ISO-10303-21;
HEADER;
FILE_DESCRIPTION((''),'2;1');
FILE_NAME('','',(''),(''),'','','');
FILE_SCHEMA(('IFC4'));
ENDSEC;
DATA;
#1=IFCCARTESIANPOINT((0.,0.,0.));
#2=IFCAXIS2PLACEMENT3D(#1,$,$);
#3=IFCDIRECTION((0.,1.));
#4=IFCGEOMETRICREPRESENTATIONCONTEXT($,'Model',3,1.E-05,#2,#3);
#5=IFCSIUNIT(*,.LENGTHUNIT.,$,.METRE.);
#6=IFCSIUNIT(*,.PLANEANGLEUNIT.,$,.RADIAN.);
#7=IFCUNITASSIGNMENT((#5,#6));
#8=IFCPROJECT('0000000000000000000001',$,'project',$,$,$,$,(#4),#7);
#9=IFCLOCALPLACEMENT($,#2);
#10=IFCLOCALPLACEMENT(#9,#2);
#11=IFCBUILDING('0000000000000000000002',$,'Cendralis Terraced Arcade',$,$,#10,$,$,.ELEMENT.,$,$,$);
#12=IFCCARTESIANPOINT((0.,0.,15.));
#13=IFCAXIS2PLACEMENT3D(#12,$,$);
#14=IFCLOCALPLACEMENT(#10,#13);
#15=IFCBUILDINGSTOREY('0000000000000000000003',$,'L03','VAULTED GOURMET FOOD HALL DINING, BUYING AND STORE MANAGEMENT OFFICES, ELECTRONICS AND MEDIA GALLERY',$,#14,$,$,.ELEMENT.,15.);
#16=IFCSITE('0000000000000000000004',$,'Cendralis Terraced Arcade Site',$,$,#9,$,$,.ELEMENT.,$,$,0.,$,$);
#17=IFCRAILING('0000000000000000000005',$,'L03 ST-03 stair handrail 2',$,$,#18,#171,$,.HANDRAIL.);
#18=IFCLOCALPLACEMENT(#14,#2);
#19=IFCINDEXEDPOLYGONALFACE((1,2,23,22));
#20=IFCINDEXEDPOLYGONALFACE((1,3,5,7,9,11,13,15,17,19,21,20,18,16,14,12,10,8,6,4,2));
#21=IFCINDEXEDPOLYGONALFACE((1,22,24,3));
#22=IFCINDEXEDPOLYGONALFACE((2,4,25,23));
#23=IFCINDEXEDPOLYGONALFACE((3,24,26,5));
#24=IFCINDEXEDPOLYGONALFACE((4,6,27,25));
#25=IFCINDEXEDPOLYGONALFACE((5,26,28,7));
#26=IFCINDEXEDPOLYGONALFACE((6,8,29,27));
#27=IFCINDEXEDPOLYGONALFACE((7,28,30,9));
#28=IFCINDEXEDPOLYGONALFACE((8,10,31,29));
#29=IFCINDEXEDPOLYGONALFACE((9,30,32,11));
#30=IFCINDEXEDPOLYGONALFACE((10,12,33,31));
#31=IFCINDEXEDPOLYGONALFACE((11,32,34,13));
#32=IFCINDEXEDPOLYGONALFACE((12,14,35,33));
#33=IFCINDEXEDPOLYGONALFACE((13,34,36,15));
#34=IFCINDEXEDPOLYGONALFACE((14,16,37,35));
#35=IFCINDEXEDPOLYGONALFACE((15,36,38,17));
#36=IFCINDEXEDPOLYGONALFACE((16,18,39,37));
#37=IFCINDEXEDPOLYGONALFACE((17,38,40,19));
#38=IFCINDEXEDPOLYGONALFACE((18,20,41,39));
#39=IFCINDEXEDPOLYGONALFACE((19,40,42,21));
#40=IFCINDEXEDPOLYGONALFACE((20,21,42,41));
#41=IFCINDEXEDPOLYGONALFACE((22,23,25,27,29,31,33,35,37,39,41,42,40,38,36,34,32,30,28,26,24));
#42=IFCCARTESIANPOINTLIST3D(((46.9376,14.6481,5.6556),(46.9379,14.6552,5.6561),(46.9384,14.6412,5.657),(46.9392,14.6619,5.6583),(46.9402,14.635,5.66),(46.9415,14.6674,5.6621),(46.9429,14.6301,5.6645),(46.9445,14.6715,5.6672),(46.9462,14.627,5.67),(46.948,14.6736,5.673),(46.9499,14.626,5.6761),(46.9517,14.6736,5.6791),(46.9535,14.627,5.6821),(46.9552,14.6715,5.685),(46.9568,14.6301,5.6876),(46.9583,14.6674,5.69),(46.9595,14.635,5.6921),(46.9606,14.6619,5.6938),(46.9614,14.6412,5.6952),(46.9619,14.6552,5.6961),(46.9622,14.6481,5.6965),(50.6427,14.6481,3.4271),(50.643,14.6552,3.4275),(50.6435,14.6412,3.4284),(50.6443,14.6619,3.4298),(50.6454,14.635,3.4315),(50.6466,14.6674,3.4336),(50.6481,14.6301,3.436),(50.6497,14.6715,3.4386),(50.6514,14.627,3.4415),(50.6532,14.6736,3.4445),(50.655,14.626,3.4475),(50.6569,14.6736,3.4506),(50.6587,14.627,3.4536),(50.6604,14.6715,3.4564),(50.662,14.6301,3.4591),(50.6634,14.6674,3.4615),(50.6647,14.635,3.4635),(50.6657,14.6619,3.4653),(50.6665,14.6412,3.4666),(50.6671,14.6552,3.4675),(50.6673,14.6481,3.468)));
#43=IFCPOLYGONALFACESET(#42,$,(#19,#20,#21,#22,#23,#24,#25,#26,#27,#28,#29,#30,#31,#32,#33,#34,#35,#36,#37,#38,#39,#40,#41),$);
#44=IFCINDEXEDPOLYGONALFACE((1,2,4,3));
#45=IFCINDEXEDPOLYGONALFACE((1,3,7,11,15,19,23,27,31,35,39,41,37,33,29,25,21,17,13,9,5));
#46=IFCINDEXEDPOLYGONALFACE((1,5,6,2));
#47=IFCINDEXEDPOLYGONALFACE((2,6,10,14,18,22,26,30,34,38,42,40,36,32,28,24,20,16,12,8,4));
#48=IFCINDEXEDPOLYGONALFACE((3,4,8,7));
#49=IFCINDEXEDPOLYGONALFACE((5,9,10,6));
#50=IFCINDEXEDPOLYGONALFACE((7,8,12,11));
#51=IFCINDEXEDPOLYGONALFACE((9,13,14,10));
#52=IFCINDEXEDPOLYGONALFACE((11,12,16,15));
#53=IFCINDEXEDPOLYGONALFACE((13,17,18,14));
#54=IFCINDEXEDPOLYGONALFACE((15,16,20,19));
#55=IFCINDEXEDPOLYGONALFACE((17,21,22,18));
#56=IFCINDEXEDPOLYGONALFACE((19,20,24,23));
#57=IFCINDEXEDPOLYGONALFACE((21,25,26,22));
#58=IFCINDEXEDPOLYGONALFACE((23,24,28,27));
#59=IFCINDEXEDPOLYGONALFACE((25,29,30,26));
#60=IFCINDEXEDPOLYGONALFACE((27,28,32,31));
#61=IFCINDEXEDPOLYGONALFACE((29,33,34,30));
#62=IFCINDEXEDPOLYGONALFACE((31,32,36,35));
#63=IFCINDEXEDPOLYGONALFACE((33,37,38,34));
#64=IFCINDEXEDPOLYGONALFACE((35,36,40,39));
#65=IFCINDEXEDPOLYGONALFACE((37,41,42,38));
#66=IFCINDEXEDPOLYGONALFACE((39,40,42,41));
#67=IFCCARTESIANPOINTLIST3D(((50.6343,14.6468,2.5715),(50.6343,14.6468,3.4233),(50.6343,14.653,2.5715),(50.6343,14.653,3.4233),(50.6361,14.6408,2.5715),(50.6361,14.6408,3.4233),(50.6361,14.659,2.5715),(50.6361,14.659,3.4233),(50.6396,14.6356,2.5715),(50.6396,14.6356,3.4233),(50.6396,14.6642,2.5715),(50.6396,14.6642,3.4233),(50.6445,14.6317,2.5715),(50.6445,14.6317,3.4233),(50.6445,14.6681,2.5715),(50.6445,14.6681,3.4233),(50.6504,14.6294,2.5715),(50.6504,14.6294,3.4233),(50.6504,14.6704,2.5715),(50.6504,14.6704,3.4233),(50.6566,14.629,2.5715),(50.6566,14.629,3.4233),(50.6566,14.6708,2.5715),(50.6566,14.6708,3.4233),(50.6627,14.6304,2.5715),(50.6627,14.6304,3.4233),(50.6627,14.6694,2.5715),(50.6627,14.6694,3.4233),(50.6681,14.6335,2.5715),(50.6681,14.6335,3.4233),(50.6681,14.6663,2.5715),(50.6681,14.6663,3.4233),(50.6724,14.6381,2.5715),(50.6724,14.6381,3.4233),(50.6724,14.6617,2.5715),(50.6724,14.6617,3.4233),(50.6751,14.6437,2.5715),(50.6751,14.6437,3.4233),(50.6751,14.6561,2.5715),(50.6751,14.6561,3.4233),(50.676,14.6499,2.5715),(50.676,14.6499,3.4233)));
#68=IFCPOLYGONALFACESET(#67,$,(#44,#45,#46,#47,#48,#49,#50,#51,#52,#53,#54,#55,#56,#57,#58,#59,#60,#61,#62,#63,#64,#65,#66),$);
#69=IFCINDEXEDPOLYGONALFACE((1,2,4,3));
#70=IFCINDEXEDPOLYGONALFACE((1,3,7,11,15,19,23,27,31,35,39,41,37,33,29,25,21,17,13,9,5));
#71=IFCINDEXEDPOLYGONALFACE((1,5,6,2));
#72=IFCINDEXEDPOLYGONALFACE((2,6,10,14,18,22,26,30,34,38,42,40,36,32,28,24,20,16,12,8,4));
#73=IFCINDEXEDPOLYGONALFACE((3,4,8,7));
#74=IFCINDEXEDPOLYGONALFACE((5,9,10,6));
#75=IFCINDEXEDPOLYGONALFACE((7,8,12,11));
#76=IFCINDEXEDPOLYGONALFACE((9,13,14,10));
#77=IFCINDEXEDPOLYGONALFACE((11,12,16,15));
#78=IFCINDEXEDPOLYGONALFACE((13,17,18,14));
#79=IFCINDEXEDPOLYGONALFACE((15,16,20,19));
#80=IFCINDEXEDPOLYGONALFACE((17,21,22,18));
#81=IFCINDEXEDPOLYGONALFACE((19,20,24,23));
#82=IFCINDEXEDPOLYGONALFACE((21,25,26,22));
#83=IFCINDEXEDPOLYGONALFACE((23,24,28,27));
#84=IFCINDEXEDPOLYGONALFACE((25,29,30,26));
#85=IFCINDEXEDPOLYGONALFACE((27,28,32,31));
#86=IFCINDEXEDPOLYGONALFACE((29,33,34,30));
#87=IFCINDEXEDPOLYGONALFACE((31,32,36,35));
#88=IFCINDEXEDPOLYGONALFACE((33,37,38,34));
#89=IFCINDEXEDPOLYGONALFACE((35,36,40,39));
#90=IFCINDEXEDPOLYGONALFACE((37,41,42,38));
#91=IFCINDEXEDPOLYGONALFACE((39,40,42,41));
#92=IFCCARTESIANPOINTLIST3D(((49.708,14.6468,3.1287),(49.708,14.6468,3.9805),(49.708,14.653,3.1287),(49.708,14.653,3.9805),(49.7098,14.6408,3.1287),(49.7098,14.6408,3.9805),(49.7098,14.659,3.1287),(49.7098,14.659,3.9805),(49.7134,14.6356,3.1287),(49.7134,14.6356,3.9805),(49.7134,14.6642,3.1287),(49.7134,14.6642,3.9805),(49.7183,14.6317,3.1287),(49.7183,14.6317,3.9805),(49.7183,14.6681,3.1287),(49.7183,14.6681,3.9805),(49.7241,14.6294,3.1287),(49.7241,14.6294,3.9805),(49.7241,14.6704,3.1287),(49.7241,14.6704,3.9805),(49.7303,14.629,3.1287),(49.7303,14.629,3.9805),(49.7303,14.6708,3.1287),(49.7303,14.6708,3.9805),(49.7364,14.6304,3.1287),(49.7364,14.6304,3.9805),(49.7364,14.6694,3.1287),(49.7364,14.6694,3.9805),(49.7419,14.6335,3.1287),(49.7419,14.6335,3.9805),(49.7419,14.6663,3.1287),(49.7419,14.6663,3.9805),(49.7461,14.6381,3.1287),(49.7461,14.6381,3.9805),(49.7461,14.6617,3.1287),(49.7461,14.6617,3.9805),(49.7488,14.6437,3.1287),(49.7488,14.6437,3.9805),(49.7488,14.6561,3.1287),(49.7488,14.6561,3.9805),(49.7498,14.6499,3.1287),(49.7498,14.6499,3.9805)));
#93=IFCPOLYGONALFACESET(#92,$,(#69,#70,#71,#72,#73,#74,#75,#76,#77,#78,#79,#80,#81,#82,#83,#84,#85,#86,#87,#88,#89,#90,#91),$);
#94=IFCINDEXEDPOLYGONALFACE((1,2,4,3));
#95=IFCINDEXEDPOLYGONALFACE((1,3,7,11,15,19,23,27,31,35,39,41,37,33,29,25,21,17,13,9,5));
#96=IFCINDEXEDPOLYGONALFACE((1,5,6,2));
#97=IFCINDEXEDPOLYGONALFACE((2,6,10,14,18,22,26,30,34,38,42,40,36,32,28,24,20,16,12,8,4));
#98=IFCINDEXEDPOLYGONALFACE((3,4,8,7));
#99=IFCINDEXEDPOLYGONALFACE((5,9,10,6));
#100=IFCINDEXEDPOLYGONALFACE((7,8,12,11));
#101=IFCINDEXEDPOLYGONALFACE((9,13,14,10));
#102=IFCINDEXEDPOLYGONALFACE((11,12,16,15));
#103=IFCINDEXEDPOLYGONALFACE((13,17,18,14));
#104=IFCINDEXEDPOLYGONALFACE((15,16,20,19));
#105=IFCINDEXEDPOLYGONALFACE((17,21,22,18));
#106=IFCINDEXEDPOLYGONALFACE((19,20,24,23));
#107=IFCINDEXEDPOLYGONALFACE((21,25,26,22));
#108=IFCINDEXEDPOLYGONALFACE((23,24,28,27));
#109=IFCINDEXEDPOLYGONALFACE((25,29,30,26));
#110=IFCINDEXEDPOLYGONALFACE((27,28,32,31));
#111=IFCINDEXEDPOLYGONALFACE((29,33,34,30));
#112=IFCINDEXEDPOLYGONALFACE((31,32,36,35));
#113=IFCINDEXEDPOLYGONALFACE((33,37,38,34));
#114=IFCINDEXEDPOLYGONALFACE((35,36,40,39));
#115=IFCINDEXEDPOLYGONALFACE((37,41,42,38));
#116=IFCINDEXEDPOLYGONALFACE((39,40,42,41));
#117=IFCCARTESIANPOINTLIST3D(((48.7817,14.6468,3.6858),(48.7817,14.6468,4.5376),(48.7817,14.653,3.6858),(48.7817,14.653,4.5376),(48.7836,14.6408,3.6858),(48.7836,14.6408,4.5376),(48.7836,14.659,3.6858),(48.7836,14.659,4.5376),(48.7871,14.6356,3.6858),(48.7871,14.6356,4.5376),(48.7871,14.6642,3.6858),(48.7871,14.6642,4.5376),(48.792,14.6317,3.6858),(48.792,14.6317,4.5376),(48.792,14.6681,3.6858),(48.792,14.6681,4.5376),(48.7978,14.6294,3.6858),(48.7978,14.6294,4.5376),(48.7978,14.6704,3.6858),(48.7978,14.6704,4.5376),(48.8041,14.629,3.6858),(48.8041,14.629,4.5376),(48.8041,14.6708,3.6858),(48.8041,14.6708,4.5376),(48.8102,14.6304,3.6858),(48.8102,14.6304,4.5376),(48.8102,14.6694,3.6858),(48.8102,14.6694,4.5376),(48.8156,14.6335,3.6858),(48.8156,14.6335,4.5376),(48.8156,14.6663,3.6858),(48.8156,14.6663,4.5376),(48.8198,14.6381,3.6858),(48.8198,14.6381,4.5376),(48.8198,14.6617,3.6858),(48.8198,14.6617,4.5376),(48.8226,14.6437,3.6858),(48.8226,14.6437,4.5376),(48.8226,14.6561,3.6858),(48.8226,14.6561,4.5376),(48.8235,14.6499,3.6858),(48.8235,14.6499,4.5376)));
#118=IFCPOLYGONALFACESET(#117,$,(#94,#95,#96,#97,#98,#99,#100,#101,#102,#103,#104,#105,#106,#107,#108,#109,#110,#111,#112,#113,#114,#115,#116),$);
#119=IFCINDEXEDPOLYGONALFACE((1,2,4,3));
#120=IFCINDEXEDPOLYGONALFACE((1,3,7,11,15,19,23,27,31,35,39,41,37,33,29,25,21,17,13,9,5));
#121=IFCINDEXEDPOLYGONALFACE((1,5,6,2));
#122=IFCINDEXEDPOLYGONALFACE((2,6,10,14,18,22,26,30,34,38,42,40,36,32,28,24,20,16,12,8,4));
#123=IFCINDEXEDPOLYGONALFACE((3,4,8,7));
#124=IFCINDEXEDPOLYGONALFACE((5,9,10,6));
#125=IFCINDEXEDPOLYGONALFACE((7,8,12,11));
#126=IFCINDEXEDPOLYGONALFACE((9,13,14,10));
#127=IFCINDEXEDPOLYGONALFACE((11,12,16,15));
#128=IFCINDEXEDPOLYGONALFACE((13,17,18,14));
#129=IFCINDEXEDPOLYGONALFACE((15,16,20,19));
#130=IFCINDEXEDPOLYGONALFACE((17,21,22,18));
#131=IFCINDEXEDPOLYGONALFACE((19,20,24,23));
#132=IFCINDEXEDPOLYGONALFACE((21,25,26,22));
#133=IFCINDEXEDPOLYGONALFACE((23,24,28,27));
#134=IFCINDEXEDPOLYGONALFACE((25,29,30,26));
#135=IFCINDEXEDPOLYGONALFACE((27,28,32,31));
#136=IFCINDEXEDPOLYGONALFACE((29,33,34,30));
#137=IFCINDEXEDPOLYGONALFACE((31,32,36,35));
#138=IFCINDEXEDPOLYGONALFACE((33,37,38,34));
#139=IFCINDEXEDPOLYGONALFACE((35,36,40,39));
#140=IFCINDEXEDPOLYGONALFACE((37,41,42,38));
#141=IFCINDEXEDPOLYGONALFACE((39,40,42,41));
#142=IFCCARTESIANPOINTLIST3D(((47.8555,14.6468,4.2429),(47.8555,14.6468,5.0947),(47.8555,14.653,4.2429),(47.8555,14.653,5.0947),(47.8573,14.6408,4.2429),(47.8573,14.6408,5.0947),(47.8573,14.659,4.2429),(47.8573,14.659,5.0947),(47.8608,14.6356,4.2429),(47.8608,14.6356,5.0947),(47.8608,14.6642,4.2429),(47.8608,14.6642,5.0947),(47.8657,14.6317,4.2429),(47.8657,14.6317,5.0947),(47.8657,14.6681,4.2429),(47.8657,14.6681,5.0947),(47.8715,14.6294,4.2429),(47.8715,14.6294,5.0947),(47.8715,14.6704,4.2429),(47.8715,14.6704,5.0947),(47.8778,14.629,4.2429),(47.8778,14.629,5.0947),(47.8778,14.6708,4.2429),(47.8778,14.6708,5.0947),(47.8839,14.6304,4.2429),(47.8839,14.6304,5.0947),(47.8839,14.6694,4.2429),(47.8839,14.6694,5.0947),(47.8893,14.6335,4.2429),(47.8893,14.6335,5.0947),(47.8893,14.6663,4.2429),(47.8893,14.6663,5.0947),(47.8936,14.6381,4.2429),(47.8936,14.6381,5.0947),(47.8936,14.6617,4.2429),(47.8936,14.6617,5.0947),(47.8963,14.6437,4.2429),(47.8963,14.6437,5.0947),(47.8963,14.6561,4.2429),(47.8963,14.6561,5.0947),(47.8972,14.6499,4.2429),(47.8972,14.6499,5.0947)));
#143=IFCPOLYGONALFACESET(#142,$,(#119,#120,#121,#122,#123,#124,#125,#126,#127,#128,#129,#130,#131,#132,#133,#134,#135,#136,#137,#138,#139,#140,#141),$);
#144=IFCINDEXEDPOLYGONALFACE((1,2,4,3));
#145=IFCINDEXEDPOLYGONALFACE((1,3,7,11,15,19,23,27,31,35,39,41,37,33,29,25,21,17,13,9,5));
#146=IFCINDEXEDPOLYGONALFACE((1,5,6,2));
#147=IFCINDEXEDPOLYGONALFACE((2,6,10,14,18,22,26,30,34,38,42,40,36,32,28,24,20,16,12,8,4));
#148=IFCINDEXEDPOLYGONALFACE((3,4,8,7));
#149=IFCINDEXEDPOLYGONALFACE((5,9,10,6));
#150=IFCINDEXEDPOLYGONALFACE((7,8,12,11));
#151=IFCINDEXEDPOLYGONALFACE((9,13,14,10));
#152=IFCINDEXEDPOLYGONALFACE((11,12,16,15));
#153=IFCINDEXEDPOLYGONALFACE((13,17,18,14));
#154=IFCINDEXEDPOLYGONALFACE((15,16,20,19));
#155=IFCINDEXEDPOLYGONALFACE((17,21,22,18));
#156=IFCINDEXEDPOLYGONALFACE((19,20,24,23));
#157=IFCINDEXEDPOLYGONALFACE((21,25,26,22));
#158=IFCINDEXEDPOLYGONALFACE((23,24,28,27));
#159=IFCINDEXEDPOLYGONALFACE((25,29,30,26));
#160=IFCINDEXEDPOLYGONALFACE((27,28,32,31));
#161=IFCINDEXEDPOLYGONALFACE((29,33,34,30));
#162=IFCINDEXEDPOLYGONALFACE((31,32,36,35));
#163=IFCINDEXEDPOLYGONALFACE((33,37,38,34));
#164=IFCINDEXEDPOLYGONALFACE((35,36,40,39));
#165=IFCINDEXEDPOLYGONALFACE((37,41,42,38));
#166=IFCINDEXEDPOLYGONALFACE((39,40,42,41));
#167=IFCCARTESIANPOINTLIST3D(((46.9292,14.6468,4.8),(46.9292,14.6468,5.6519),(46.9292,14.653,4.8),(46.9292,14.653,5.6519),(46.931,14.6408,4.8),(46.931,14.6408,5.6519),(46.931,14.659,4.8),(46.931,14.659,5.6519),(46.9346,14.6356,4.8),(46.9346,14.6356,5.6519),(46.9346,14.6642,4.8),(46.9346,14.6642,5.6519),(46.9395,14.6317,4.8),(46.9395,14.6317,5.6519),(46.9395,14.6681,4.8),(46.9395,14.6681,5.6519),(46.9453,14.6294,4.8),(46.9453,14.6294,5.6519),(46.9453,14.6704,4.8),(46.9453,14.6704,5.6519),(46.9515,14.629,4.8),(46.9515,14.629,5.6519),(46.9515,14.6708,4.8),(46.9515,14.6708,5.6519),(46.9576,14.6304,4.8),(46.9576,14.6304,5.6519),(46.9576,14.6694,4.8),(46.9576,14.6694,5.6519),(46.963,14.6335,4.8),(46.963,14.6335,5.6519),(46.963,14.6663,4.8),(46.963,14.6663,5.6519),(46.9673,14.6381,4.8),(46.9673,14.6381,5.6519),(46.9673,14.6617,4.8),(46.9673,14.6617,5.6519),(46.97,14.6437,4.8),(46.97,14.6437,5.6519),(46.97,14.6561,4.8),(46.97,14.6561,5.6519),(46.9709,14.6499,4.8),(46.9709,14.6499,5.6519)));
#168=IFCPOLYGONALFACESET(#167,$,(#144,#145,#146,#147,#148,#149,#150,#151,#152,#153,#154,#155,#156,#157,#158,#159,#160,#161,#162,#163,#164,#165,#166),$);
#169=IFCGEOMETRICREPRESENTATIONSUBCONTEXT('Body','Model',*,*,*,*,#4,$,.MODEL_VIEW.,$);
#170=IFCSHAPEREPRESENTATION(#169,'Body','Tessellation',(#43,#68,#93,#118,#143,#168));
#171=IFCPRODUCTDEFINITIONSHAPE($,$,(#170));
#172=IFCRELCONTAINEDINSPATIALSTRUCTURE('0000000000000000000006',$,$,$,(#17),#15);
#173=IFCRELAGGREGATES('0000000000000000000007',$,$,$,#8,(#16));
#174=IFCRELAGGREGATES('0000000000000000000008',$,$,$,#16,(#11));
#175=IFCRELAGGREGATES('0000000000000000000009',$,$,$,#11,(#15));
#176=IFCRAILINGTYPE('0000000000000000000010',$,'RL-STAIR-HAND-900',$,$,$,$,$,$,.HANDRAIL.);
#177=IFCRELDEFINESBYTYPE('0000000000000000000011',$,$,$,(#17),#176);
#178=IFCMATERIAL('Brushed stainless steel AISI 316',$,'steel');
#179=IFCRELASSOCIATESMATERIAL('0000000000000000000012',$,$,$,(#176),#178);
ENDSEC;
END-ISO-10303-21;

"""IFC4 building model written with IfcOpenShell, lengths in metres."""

from ifc_helpers import new_model, si_unit, direction, frame, origin, origin_2d, place, context, subcontext, project, spatial, circle, extrude, material, type_object, element, save


model = new_model("IFC4")

# Units and contexts
model_context = context("Model", 3, precision=1e-05, world=origin(), true_north=direction((0.0, 1.0)))
body_context = subcontext(model_context, "Body", "Model", "MODEL_VIEW")
ifc_project = project(units=[si_unit("LENGTHUNIT", "METRE"), si_unit("PLANEANGLEUNIT", "RADIAN")], contexts=[model_context])

# Site, building, storey
site_placement = place(None, origin())
site = spatial("IfcSite", under=ifc_project, at=site_placement, Name="Cendralis Terraced Arcade Site", CompositionType="ELEMENT", RefElevation=0.0)
building_placement = place(site_placement, origin())
building = spatial("IfcBuilding", under=site, at=building_placement, Name="Cendralis Terraced Arcade", CompositionType="ELEMENT")
storey_placement = place(building_placement, frame((0.0, 0.0, 15.0)))
storey = spatial("IfcBuildingStorey", under=building, at=storey_placement, Name="L03", Description="VAULTED GOURMET FOOD HALL DINING, BUYING AND STORE MANAGEMENT OFFICES, ELECTRONICS AND MEDIA GALLERY", CompositionType="ELEMENT", Elevation=15.0)

# Railing
ifc_material_1 = material(Name="Brushed stainless steel AISI 316", Category="steel")
railing_type_1 = type_object("IfcRailingType", Name="RL-STAIR-HAND-900", PredefinedType="HANDRAIL", material=ifc_material_1)
railing_1_placement = place(storey_placement, frame((50.655, 14.6499, 2.5715)))
element("IfcRailing", 1, at=railing_1_placement, inside=storey, type_object=railing_type_1, Name="L03 ST-03 stair handrail 2", PredefinedType="HANDRAIL", context=body_context, shape_type="SweptSolid", body=[
    extrude(circle(Radius=0.0239, at=origin_2d()), frame((0.0, 0.0, 0.876), z_axis=(-0.856934, 0.0, 0.515425), x_axis=(0.0, -1.0, 0.0)), (0.0, 0.0, 1.0), 4.3237),
    extrude(circle(Radius=0.021, at=origin_2d()), origin(), (0.0, 0.0, 1.0), 0.8518),
    extrude(circle(Radius=0.021, at=origin_2d()), frame((-0.9263, 0.0, 0.5571)), (0.0, 0.0, 1.0), 0.8518),
    extrude(circle(Radius=0.021, at=origin_2d()), frame((-1.8525, 0.0, 1.1143)), (0.0, 0.0, 1.0), 0.8518),
    extrude(circle(Radius=0.021, at=origin_2d()), frame((-2.7788, 0.0, 1.6714)), (0.0, 0.0, 1.0), 0.8518),
    extrude(circle(Radius=0.021, at=origin_2d()), frame((-3.7051, 0.0, 2.2285)), (0.0, 0.0, 1.0), 0.8518),
])

save(model, "model.ifc")
